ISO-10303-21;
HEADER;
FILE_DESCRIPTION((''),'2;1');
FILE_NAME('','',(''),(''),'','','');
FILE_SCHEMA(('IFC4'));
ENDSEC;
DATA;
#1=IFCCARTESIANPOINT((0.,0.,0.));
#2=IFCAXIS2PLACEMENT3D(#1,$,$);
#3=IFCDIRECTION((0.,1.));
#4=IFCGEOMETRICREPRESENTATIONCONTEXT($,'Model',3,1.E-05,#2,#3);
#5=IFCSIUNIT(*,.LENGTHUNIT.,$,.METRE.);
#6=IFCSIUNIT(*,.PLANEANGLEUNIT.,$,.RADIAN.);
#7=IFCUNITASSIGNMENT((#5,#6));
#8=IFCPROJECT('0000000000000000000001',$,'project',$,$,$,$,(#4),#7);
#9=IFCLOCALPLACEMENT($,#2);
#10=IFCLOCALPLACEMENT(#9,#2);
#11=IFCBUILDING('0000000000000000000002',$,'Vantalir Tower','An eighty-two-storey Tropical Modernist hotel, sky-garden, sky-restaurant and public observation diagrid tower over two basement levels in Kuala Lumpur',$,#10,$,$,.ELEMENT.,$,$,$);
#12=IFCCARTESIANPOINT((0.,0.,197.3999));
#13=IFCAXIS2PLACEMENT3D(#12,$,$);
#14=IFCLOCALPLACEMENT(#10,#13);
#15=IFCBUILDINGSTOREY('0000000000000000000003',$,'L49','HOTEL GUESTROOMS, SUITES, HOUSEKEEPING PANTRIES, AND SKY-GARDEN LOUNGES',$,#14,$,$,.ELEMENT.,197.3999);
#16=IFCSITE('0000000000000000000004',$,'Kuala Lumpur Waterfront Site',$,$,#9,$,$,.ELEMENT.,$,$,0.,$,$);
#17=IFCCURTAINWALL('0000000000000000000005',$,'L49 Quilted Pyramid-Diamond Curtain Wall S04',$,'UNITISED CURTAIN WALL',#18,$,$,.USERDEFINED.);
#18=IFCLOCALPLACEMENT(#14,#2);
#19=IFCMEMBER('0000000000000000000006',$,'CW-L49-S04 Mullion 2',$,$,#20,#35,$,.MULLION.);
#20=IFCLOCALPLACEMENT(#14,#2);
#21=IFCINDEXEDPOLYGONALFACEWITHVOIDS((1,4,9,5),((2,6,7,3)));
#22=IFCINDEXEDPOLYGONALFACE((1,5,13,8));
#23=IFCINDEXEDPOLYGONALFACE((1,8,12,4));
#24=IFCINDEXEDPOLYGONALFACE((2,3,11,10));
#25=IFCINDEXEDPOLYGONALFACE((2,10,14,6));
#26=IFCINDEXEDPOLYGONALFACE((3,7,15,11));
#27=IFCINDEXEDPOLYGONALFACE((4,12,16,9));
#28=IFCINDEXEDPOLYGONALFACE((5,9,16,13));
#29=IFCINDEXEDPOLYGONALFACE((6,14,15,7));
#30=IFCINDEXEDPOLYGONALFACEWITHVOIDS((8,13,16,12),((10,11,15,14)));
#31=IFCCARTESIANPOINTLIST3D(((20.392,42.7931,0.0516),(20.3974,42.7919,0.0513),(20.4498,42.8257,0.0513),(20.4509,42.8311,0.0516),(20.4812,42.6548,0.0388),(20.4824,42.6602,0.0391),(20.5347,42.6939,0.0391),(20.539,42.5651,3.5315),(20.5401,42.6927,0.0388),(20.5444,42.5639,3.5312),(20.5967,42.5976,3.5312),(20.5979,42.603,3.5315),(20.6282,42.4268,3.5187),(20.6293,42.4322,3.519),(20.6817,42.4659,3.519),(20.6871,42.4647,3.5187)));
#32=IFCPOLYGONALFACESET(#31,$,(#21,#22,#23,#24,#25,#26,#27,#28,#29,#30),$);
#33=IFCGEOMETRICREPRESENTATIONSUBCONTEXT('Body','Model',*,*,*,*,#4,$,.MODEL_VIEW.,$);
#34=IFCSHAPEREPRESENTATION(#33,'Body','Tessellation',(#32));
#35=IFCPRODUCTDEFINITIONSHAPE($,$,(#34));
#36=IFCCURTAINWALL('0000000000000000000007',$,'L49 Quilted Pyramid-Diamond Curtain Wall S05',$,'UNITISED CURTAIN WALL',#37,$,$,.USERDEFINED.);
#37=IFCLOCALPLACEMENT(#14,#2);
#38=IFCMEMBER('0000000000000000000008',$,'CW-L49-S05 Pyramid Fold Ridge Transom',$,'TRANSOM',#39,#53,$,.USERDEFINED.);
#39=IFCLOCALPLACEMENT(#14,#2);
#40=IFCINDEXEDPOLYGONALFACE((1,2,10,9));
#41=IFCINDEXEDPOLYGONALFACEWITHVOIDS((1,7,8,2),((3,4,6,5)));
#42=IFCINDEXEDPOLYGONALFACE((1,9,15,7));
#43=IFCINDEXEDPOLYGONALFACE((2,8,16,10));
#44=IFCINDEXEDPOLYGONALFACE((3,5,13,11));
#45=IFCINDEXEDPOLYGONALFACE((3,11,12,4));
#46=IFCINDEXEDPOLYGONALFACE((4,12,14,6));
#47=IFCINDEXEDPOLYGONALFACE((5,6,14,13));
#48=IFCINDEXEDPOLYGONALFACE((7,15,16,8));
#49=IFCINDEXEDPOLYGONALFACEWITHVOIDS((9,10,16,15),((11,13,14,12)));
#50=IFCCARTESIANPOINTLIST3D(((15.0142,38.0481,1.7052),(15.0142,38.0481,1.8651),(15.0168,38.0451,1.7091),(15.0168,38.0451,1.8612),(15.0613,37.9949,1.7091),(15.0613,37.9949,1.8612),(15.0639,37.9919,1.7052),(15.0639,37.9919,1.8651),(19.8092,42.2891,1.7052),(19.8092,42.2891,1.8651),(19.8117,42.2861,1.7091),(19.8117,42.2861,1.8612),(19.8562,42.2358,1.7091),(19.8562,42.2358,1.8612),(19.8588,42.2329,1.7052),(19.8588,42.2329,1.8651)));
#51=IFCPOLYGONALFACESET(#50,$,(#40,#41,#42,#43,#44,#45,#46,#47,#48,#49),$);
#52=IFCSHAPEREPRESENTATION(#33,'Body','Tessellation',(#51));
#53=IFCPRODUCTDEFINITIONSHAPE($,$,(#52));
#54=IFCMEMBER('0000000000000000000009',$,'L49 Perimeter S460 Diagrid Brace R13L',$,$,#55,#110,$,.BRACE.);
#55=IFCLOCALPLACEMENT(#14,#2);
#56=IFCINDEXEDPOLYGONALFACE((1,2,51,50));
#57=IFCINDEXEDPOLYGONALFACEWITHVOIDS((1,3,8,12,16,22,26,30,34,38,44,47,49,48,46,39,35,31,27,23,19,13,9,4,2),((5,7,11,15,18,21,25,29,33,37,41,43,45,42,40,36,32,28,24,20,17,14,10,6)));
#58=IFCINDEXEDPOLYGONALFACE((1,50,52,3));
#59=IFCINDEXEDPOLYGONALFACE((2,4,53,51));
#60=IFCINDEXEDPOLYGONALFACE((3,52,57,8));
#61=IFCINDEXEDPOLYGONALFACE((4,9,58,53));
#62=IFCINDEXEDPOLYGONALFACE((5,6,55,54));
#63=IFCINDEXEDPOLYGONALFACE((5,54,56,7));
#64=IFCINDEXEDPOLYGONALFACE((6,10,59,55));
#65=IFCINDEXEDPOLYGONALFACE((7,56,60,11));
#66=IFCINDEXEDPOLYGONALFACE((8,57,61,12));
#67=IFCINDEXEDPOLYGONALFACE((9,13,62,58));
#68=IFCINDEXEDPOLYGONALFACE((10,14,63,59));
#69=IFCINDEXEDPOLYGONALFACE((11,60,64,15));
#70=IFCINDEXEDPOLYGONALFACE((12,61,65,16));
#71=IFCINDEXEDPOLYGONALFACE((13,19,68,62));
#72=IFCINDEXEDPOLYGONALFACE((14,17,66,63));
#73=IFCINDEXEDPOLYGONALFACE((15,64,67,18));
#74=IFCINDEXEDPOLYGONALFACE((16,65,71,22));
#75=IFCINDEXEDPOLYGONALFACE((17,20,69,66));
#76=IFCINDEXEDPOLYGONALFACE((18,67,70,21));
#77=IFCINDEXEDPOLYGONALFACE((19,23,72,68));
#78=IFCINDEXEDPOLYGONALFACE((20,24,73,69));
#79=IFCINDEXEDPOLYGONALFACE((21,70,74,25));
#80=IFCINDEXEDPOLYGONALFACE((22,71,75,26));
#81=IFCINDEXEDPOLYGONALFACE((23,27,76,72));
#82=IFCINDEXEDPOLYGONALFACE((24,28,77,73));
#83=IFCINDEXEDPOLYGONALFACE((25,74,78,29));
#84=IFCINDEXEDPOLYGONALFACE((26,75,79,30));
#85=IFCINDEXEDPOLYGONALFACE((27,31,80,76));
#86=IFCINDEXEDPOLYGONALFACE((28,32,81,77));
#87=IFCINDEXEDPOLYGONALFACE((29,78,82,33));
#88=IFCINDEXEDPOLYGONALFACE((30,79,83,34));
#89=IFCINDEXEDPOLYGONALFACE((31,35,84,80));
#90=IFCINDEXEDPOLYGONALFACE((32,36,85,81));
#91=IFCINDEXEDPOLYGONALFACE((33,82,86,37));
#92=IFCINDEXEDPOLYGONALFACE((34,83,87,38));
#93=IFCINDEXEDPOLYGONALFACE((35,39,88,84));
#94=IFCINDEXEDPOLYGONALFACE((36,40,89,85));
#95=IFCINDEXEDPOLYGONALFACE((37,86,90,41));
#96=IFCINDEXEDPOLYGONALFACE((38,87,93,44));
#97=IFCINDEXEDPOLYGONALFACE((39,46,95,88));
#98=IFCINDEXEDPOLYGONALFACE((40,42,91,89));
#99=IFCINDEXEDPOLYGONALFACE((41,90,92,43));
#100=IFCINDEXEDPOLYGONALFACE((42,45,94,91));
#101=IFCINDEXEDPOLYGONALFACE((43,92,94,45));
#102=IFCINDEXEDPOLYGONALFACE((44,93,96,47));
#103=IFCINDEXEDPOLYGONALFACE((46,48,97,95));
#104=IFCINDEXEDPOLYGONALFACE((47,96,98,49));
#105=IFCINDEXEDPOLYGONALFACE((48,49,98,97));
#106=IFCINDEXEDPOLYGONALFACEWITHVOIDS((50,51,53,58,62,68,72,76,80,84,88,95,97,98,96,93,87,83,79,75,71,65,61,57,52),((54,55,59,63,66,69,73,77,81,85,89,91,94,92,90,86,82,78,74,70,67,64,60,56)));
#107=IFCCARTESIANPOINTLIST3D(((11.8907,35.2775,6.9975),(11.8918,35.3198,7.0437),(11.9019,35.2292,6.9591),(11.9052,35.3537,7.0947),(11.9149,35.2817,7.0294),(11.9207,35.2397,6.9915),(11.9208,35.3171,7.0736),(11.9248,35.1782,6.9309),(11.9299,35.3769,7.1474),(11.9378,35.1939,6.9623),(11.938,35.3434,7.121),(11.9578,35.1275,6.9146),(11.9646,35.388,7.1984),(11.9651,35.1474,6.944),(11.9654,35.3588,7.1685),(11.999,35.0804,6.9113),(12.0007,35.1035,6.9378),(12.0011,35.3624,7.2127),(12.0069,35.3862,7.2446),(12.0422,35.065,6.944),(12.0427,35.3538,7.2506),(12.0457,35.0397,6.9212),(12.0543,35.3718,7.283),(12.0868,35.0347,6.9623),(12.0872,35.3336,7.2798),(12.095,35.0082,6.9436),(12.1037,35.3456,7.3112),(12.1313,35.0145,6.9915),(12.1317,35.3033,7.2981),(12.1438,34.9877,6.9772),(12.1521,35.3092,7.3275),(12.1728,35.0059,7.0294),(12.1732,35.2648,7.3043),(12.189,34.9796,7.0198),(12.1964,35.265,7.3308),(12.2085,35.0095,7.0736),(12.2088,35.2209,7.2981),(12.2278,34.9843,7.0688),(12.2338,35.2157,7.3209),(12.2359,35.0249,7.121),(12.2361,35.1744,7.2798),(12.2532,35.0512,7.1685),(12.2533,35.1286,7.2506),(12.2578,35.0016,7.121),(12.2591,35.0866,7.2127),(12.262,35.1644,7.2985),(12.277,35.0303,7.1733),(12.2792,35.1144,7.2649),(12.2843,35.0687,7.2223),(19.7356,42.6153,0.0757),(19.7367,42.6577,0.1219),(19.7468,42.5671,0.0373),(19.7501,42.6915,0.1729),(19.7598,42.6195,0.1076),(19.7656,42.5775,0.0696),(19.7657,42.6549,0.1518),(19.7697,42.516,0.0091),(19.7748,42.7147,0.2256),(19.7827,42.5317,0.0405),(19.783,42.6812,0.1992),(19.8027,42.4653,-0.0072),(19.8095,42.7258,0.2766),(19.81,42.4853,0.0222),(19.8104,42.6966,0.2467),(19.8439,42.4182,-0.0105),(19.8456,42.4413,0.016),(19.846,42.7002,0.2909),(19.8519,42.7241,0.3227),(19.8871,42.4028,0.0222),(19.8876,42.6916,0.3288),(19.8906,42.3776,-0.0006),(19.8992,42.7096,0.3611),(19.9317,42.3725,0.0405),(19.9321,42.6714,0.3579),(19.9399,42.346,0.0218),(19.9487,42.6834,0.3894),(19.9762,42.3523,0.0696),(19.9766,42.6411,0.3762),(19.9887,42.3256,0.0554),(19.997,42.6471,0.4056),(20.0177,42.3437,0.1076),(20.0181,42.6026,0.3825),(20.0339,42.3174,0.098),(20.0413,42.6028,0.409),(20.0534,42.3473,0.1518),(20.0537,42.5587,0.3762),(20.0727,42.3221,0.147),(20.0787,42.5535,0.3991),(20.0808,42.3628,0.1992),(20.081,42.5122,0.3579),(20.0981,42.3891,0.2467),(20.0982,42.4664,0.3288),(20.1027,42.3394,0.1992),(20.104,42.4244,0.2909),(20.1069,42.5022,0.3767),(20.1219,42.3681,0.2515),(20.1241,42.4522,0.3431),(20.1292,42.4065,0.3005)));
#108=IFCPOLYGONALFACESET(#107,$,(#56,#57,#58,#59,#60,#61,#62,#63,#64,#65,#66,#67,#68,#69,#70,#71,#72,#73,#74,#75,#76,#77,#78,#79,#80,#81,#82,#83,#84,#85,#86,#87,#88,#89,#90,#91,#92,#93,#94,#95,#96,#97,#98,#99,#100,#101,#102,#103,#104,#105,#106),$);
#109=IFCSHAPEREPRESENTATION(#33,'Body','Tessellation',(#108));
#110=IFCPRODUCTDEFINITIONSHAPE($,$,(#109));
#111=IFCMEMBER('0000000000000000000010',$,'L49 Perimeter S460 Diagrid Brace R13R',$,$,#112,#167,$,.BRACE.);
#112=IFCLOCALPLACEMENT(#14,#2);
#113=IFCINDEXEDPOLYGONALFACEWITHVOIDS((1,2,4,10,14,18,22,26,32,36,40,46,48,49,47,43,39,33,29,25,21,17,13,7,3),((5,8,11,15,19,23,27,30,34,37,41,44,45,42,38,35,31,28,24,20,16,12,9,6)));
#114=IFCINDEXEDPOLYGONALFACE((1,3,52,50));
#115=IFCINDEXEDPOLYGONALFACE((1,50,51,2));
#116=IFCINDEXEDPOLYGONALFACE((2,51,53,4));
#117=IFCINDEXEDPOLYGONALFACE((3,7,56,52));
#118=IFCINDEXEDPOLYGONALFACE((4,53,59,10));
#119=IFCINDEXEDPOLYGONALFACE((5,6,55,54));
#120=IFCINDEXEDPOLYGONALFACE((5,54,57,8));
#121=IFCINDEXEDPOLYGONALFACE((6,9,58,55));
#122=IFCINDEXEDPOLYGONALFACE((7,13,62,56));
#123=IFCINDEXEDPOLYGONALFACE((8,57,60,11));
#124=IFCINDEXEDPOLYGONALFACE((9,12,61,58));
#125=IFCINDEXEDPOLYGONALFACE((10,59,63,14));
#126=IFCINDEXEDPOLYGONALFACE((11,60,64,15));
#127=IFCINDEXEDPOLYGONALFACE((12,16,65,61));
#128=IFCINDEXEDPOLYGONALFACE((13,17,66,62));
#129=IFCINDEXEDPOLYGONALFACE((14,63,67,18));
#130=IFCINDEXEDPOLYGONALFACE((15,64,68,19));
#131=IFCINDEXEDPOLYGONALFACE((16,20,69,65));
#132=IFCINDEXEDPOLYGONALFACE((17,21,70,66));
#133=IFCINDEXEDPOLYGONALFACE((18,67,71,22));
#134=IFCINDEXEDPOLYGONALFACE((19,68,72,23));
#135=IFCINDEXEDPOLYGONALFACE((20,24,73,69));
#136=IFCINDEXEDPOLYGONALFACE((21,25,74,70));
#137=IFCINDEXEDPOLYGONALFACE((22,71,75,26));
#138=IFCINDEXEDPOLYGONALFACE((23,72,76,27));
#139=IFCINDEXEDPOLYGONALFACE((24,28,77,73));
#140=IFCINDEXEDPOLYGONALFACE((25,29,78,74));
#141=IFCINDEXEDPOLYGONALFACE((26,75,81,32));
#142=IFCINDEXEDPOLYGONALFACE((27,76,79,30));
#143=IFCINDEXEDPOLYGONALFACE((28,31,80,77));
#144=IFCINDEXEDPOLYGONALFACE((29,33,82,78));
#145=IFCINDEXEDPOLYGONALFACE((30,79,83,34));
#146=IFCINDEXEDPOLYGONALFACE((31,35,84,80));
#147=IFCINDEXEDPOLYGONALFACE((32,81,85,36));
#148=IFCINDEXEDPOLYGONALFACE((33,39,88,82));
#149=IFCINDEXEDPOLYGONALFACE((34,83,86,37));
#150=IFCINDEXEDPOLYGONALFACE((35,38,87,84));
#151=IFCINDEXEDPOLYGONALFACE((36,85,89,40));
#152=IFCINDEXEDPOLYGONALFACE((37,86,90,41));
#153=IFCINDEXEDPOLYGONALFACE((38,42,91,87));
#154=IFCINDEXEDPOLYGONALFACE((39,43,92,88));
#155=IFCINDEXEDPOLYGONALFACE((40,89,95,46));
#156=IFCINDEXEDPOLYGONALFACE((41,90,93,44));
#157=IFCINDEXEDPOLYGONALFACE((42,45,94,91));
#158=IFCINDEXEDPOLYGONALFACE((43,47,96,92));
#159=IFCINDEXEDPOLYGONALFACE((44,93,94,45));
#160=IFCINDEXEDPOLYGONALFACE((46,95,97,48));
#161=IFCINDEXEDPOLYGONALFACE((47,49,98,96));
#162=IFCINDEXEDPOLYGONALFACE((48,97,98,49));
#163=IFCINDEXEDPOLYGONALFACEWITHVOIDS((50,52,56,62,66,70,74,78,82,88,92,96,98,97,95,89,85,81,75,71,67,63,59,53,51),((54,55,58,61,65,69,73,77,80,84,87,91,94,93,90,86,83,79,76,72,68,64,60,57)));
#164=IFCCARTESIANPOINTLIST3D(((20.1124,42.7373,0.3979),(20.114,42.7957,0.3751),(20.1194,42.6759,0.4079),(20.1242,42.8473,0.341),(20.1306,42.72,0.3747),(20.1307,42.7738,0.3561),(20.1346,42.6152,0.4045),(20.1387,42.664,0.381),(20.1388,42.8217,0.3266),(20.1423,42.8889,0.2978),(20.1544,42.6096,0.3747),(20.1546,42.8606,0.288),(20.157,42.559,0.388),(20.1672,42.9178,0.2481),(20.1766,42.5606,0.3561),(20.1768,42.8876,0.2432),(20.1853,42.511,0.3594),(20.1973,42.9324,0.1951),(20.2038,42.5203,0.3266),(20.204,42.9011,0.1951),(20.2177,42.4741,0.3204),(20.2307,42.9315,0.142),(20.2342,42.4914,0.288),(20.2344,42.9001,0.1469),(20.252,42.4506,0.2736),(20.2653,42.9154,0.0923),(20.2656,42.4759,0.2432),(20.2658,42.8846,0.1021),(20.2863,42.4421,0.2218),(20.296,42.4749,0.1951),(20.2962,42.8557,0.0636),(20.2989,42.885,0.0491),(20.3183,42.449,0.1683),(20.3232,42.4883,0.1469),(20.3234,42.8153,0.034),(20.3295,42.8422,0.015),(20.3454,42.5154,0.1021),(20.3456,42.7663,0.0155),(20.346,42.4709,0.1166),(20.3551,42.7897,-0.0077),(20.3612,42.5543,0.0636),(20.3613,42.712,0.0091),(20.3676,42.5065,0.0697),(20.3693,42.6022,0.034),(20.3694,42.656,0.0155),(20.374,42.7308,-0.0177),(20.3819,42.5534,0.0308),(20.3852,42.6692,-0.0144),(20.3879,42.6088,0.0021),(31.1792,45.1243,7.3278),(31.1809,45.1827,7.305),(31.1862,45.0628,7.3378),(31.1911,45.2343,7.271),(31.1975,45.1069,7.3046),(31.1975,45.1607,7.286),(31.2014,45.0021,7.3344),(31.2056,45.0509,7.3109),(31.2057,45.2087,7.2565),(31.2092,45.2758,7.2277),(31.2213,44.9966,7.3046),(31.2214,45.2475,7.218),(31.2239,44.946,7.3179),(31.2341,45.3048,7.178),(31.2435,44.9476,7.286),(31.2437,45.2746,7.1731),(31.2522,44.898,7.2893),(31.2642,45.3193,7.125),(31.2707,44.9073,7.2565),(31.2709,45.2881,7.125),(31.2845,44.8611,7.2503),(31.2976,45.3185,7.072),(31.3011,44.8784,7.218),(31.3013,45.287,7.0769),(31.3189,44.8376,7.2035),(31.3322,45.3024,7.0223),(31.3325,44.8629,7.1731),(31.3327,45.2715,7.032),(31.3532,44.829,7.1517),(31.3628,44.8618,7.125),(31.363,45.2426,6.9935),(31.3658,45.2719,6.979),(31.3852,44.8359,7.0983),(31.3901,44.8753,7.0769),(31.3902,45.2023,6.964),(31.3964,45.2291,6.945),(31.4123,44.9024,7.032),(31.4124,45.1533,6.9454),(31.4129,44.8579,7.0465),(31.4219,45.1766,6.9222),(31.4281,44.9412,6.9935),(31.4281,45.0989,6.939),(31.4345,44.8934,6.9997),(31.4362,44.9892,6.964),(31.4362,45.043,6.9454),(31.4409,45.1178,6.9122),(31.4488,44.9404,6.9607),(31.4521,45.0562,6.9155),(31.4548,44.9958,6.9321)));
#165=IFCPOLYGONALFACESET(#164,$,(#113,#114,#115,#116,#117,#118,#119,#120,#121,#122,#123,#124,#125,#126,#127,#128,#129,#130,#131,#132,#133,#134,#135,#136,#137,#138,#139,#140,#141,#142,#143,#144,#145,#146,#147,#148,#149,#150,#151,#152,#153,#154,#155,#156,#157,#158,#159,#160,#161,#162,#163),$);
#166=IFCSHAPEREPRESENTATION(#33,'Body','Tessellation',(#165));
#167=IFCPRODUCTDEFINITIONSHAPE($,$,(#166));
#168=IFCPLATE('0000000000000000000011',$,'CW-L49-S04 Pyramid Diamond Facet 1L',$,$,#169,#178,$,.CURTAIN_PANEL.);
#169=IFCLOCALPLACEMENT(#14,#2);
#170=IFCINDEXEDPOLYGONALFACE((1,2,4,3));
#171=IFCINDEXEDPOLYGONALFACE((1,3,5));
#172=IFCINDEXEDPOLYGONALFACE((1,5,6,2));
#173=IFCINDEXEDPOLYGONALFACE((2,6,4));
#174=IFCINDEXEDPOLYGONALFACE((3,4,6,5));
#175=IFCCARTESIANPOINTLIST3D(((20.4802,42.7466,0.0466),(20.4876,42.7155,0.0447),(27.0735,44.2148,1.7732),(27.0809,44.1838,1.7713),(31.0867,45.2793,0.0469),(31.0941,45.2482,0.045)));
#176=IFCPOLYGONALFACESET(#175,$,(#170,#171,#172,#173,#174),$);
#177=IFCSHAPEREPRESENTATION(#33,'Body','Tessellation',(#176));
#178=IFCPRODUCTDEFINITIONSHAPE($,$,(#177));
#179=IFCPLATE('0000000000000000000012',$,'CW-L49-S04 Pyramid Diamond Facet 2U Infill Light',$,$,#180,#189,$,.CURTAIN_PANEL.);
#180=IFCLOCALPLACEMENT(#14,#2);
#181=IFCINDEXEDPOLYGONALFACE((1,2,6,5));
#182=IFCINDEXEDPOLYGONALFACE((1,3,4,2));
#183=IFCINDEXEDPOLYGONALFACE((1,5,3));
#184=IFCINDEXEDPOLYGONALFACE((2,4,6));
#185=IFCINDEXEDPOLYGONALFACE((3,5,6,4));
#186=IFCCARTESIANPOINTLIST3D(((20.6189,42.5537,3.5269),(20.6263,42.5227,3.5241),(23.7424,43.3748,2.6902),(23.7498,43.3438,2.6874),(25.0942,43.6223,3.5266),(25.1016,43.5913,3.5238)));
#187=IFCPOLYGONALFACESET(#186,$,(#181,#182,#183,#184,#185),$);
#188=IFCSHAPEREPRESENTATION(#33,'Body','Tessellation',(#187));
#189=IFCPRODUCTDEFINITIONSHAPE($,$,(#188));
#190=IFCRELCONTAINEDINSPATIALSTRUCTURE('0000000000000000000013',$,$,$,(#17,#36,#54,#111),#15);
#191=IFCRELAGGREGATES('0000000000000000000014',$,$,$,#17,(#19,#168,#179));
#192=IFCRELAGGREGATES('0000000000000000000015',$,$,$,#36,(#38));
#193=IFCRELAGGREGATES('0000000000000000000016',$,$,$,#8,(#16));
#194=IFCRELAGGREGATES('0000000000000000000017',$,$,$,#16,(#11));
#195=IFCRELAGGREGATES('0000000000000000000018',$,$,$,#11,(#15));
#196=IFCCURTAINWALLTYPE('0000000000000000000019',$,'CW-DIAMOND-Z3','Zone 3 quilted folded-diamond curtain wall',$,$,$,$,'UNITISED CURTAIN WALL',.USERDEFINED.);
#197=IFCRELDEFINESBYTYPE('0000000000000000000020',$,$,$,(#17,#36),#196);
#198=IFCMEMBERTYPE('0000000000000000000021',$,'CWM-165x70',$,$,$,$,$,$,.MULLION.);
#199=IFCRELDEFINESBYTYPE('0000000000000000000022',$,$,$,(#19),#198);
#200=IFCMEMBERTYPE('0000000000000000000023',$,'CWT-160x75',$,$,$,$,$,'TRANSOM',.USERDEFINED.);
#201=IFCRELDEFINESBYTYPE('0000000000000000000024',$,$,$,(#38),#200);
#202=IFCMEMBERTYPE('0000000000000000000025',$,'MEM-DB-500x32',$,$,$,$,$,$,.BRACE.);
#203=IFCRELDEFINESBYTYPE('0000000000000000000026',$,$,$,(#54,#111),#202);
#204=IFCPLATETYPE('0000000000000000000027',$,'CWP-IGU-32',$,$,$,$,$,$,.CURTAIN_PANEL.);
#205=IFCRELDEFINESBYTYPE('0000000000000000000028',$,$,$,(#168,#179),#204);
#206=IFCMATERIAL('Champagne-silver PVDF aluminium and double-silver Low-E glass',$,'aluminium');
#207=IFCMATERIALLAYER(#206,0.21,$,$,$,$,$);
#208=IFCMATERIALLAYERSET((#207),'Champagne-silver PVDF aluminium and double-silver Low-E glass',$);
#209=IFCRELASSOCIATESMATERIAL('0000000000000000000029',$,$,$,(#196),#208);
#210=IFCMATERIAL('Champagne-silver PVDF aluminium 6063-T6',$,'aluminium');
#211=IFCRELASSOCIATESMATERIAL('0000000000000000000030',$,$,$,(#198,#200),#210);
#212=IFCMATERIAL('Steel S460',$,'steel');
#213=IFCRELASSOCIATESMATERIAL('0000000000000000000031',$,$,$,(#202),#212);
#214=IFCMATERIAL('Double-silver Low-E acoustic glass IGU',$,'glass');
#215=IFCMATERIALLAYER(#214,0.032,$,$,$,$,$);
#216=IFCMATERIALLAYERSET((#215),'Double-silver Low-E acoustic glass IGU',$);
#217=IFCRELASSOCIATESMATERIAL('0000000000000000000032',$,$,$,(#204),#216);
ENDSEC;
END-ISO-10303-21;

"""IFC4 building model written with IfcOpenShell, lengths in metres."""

from ifc_helpers import new_model, si_unit, direction, frame, origin, origin_2d, place, context, subcontext, project, spatial, polyline, hollow_rectangle, hollow_circle, outline, extrude, material, layer, layer_set, material_profile, profile_set, type_object, element, aggregate, save


model = new_model("IFC4")

# Units and contexts
model_context = context("Model", 3, precision=1e-05, world=origin(), true_north=direction((0.0, 1.0)))
body_context = subcontext(model_context, "Body", "Model", "MODEL_VIEW")
ifc_project = project(units=[si_unit("LENGTHUNIT", "METRE"), si_unit("PLANEANGLEUNIT", "RADIAN")], contexts=[model_context])

# Site, building, storey
site_placement = place(None, origin())
site = spatial("IfcSite", under=ifc_project, at=site_placement, Name="Kuala Lumpur Waterfront Site", CompositionType="ELEMENT", RefElevation=0.0)
building_placement = place(site_placement, origin())
building = spatial("IfcBuilding", under=site, at=building_placement, Name="Vantalir Tower", Description="An eighty-two-storey Tropical Modernist hotel, sky-garden, sky-restaurant and public observation diagrid tower over two basement levels in Kuala Lumpur", CompositionType="ELEMENT")
storey_placement = place(building_placement, frame((0.0, 0.0, 197.3999)))
storey = spatial("IfcBuildingStorey", under=building, at=storey_placement, Name="L49", Description="HOTEL GUESTROOMS, SUITES, HOUSEKEEPING PANTRIES, AND SKY-GARDEN LOUNGES", CompositionType="ELEMENT", Elevation=197.3999)

# Shared definitions
ifc_material_1 = material(Name="Steel S460", Category="steel")

# Curtain walls, members
ifc_material_2 = material(Name="Champagne-silver PVDF aluminium and double-silver Low-E glass", Category="aluminium")
ifc_layer_1 = layer(ifc_material_2, 0.21)
ifc_layer_set_1 = layer_set([ifc_layer_1], Name="Champagne-silver PVDF aluminium and double-silver Low-E glass")
curtain_wall_type = type_object("IfcCurtainWallType", Name="CW-DIAMOND-Z3", Description="Zone 3 quilted folded-diamond curtain wall", ElementType="UNITISED CURTAIN WALL", PredefinedType="USERDEFINED", material=ifc_layer_set_1)
curtain_wall_1_placement = place(storey_placement, origin())
curtain_wall_1 = element("IfcCurtainWall", 1, at=curtain_wall_1_placement, inside=storey, type_object=curtain_wall_type, Name="L49 Quilted Pyramid-Diamond Curtain Wall S04", ObjectType="UNITISED CURTAIN WALL", PredefinedType="USERDEFINED")
ifc_material_3 = material(Name="Champagne-silver PVDF aluminium 6063-T6", Category="aluminium")
ifc_material_profile_1 = material_profile(ifc_material_3, hollow_rectangle(XDim=0.0701, YDim=0.165, WallThickness=0.0039, at=origin_2d()), Name="Champagne-silver PVDF aluminium 6063-T6")
ifc_profile_set_1 = profile_set([ifc_material_profile_1], Name="Champagne-silver PVDF aluminium 6063-T6")
member_type_1 = type_object("IfcMemberType", Name="CWM-165x70", PredefinedType="MULLION", material=ifc_profile_set_1)
member_1_placement = place(storey_placement, frame((20.4661, 42.7429, 0.0452), z_axis=(0.042106, -0.065327, 0.996975), x_axis=(0.840535, 0.541758, 0.0)))
member_1 = element("IfcMember", 2, at=member_1_placement, type_object=member_type_1, Name="CW-L49-S04 Mullion 2", PredefinedType="MULLION", context=body_context, shape_type="SweptSolid", body=[
    extrude(hollow_rectangle(XDim=0.0701, YDim=0.165, WallThickness=0.0039, at=origin_2d()), origin(), (0.0, 0.0, 1.0), 3.4905),
])
curtain_wall_2_placement = place(storey_placement, origin())
curtain_wall_2 = element("IfcCurtainWall", 3, at=curtain_wall_2_placement, inside=storey, type_object=curtain_wall_type, Name="L49 Quilted Pyramid-Diamond Curtain Wall S05", ObjectType="UNITISED CURTAIN WALL", PredefinedType="USERDEFINED")
ifc_material_profile_2 = material_profile(ifc_material_3, hollow_rectangle(XDim=0.075, YDim=0.1599, WallThickness=0.0039, at=origin_2d()), Name="Champagne-silver PVDF aluminium 6063-T6")
ifc_profile_set_2 = profile_set([ifc_material_profile_2], Name="Champagne-silver PVDF aluminium 6063-T6")
member_type_2 = type_object("IfcMemberType", Name="CWT-160x75", ElementType="TRANSOM", PredefinedType="USERDEFINED", material=ifc_profile_set_2)
member_2_placement = place(storey_placement, frame((19.834, 42.261, 1.7852), z_axis=(-0.74905, -0.662513, 0.0), x_axis=(0.662513, -0.74905, 0.0)))
member_2 = element("IfcMember", 4, at=member_2_placement, type_object=member_type_2, Name="CW-L49-S05 Pyramid Fold Ridge Transom", ObjectType="TRANSOM", PredefinedType="USERDEFINED", context=body_context, shape_type="SweptSolid", body=[
    extrude(hollow_rectangle(XDim=0.075, YDim=0.1599, WallThickness=0.0039, at=origin_2d()), origin(), (0.0, 0.0, 1.0), 6.4014),
])

# Members
ifc_material_profile_3 = material_profile(ifc_material_1, hollow_circle(Radius=0.25, WallThickness=0.032, at=origin_2d()), Name="Steel S460")
ifc_profile_set_3 = profile_set([ifc_material_profile_3], Name="Steel S460")
member_type_3 = type_object("IfcMemberType", Name="MEM-DB-500x32", PredefinedType="BRACE", material=ifc_profile_set_3)
member_3_placement = place(storey_placement, frame((19.9319, 42.522, 0.1992), z_axis=(-0.6139, -0.574219, 0.541664), x_axis=(0.68311, -0.730316, 0.0)))
element("IfcMember", 5, at=member_3_placement, inside=storey, type_object=member_type_3, Name="L49 Perimeter S460 Diagrid Brace R13L", PredefinedType="BRACE", context=body_context, shape_type="SweptSolid", body=[
    extrude(hollow_circle(Radius=0.25, WallThickness=0.032, at=origin_2d()), origin(), (0.0, 0.0, 1.0), 12.7788),
])
member_4_placement = place(storey_placement, frame((20.25, 42.688, 0.1951), z_axis=(0.83373, 0.179823, 0.52207), x_axis=(-0.210837, 0.977521, 0.0)))
element("IfcMember", 6, at=member_4_placement, inside=storey, type_object=member_type_3, Name="L49 Perimeter S460 Diagrid Brace R13R", PredefinedType="BRACE", context=body_context, shape_type="SweptSolid", body=[
    extrude(hollow_circle(Radius=0.25, WallThickness=0.032, at=origin_2d()), origin(), (0.0, 0.0, 1.0), 13.2739),
])

# Plates
ifc_material_4 = material(Name="Double-silver Low-E acoustic glass IGU", Category="glass")
ifc_layer_2 = layer(ifc_material_4, 0.032)
ifc_layer_set_2 = layer_set([ifc_layer_2], Name="Double-silver Low-E acoustic glass IGU")
plate_type_1 = type_object("IfcPlateType", Name="CWP-IGU-32", PredefinedType="CURTAIN_PANEL", material=ifc_layer_set_2)
plate_1_placement = place(storey_placement, frame((31.0867, 45.2793, 0.0469), z_axis=(-0.231847, 0.970919, 0.059695), x_axis=(-0.972654, -0.23226, -0.000022)))
plate_1 = element("IfcPlate", 7, at=plate_1_placement, type_object=plate_type_1, Name="CW-L49-S04 Pyramid Diamond Facet 1L", PredefinedType="CURTAIN_PANEL", context=body_context, shape_type="SweptSolid", body=[
    extrude(outline(polyline([(0.0, 0.0), (10.9046, 0.0), (4.1506, 1.7295), (0.0, 0.0)])), origin(), (0.0, 0.0, -1.0), 0.032),
])
plate_2_placement = place(storey_placement, frame((25.0942, 43.6223, 3.5266), z_axis=(-0.231359, 0.968959, 0.087131), x_axis=(-0.972657, -0.232247, 0.000053)))
plate_2 = element("IfcPlate", 8, at=plate_2_placement, type_object=plate_type_1, Name="CW-L49-S04 Pyramid Diamond Facet 2U Infill Light", PredefinedType="CURTAIN_PANEL", context=body_context, shape_type="SweptSolid", body=[
    extrude(outline(polyline([(0.0, 0.0), (4.6012, 0.0), (1.3723, -0.8397), (0.0, 0.0)])), origin(), (0.0, 0.0, -1.0), 0.032),
])
aggregate(curtain_wall_1, [member_1, plate_1, plate_2])
aggregate(curtain_wall_2, [member_2])

save(model, "model.ifc")
